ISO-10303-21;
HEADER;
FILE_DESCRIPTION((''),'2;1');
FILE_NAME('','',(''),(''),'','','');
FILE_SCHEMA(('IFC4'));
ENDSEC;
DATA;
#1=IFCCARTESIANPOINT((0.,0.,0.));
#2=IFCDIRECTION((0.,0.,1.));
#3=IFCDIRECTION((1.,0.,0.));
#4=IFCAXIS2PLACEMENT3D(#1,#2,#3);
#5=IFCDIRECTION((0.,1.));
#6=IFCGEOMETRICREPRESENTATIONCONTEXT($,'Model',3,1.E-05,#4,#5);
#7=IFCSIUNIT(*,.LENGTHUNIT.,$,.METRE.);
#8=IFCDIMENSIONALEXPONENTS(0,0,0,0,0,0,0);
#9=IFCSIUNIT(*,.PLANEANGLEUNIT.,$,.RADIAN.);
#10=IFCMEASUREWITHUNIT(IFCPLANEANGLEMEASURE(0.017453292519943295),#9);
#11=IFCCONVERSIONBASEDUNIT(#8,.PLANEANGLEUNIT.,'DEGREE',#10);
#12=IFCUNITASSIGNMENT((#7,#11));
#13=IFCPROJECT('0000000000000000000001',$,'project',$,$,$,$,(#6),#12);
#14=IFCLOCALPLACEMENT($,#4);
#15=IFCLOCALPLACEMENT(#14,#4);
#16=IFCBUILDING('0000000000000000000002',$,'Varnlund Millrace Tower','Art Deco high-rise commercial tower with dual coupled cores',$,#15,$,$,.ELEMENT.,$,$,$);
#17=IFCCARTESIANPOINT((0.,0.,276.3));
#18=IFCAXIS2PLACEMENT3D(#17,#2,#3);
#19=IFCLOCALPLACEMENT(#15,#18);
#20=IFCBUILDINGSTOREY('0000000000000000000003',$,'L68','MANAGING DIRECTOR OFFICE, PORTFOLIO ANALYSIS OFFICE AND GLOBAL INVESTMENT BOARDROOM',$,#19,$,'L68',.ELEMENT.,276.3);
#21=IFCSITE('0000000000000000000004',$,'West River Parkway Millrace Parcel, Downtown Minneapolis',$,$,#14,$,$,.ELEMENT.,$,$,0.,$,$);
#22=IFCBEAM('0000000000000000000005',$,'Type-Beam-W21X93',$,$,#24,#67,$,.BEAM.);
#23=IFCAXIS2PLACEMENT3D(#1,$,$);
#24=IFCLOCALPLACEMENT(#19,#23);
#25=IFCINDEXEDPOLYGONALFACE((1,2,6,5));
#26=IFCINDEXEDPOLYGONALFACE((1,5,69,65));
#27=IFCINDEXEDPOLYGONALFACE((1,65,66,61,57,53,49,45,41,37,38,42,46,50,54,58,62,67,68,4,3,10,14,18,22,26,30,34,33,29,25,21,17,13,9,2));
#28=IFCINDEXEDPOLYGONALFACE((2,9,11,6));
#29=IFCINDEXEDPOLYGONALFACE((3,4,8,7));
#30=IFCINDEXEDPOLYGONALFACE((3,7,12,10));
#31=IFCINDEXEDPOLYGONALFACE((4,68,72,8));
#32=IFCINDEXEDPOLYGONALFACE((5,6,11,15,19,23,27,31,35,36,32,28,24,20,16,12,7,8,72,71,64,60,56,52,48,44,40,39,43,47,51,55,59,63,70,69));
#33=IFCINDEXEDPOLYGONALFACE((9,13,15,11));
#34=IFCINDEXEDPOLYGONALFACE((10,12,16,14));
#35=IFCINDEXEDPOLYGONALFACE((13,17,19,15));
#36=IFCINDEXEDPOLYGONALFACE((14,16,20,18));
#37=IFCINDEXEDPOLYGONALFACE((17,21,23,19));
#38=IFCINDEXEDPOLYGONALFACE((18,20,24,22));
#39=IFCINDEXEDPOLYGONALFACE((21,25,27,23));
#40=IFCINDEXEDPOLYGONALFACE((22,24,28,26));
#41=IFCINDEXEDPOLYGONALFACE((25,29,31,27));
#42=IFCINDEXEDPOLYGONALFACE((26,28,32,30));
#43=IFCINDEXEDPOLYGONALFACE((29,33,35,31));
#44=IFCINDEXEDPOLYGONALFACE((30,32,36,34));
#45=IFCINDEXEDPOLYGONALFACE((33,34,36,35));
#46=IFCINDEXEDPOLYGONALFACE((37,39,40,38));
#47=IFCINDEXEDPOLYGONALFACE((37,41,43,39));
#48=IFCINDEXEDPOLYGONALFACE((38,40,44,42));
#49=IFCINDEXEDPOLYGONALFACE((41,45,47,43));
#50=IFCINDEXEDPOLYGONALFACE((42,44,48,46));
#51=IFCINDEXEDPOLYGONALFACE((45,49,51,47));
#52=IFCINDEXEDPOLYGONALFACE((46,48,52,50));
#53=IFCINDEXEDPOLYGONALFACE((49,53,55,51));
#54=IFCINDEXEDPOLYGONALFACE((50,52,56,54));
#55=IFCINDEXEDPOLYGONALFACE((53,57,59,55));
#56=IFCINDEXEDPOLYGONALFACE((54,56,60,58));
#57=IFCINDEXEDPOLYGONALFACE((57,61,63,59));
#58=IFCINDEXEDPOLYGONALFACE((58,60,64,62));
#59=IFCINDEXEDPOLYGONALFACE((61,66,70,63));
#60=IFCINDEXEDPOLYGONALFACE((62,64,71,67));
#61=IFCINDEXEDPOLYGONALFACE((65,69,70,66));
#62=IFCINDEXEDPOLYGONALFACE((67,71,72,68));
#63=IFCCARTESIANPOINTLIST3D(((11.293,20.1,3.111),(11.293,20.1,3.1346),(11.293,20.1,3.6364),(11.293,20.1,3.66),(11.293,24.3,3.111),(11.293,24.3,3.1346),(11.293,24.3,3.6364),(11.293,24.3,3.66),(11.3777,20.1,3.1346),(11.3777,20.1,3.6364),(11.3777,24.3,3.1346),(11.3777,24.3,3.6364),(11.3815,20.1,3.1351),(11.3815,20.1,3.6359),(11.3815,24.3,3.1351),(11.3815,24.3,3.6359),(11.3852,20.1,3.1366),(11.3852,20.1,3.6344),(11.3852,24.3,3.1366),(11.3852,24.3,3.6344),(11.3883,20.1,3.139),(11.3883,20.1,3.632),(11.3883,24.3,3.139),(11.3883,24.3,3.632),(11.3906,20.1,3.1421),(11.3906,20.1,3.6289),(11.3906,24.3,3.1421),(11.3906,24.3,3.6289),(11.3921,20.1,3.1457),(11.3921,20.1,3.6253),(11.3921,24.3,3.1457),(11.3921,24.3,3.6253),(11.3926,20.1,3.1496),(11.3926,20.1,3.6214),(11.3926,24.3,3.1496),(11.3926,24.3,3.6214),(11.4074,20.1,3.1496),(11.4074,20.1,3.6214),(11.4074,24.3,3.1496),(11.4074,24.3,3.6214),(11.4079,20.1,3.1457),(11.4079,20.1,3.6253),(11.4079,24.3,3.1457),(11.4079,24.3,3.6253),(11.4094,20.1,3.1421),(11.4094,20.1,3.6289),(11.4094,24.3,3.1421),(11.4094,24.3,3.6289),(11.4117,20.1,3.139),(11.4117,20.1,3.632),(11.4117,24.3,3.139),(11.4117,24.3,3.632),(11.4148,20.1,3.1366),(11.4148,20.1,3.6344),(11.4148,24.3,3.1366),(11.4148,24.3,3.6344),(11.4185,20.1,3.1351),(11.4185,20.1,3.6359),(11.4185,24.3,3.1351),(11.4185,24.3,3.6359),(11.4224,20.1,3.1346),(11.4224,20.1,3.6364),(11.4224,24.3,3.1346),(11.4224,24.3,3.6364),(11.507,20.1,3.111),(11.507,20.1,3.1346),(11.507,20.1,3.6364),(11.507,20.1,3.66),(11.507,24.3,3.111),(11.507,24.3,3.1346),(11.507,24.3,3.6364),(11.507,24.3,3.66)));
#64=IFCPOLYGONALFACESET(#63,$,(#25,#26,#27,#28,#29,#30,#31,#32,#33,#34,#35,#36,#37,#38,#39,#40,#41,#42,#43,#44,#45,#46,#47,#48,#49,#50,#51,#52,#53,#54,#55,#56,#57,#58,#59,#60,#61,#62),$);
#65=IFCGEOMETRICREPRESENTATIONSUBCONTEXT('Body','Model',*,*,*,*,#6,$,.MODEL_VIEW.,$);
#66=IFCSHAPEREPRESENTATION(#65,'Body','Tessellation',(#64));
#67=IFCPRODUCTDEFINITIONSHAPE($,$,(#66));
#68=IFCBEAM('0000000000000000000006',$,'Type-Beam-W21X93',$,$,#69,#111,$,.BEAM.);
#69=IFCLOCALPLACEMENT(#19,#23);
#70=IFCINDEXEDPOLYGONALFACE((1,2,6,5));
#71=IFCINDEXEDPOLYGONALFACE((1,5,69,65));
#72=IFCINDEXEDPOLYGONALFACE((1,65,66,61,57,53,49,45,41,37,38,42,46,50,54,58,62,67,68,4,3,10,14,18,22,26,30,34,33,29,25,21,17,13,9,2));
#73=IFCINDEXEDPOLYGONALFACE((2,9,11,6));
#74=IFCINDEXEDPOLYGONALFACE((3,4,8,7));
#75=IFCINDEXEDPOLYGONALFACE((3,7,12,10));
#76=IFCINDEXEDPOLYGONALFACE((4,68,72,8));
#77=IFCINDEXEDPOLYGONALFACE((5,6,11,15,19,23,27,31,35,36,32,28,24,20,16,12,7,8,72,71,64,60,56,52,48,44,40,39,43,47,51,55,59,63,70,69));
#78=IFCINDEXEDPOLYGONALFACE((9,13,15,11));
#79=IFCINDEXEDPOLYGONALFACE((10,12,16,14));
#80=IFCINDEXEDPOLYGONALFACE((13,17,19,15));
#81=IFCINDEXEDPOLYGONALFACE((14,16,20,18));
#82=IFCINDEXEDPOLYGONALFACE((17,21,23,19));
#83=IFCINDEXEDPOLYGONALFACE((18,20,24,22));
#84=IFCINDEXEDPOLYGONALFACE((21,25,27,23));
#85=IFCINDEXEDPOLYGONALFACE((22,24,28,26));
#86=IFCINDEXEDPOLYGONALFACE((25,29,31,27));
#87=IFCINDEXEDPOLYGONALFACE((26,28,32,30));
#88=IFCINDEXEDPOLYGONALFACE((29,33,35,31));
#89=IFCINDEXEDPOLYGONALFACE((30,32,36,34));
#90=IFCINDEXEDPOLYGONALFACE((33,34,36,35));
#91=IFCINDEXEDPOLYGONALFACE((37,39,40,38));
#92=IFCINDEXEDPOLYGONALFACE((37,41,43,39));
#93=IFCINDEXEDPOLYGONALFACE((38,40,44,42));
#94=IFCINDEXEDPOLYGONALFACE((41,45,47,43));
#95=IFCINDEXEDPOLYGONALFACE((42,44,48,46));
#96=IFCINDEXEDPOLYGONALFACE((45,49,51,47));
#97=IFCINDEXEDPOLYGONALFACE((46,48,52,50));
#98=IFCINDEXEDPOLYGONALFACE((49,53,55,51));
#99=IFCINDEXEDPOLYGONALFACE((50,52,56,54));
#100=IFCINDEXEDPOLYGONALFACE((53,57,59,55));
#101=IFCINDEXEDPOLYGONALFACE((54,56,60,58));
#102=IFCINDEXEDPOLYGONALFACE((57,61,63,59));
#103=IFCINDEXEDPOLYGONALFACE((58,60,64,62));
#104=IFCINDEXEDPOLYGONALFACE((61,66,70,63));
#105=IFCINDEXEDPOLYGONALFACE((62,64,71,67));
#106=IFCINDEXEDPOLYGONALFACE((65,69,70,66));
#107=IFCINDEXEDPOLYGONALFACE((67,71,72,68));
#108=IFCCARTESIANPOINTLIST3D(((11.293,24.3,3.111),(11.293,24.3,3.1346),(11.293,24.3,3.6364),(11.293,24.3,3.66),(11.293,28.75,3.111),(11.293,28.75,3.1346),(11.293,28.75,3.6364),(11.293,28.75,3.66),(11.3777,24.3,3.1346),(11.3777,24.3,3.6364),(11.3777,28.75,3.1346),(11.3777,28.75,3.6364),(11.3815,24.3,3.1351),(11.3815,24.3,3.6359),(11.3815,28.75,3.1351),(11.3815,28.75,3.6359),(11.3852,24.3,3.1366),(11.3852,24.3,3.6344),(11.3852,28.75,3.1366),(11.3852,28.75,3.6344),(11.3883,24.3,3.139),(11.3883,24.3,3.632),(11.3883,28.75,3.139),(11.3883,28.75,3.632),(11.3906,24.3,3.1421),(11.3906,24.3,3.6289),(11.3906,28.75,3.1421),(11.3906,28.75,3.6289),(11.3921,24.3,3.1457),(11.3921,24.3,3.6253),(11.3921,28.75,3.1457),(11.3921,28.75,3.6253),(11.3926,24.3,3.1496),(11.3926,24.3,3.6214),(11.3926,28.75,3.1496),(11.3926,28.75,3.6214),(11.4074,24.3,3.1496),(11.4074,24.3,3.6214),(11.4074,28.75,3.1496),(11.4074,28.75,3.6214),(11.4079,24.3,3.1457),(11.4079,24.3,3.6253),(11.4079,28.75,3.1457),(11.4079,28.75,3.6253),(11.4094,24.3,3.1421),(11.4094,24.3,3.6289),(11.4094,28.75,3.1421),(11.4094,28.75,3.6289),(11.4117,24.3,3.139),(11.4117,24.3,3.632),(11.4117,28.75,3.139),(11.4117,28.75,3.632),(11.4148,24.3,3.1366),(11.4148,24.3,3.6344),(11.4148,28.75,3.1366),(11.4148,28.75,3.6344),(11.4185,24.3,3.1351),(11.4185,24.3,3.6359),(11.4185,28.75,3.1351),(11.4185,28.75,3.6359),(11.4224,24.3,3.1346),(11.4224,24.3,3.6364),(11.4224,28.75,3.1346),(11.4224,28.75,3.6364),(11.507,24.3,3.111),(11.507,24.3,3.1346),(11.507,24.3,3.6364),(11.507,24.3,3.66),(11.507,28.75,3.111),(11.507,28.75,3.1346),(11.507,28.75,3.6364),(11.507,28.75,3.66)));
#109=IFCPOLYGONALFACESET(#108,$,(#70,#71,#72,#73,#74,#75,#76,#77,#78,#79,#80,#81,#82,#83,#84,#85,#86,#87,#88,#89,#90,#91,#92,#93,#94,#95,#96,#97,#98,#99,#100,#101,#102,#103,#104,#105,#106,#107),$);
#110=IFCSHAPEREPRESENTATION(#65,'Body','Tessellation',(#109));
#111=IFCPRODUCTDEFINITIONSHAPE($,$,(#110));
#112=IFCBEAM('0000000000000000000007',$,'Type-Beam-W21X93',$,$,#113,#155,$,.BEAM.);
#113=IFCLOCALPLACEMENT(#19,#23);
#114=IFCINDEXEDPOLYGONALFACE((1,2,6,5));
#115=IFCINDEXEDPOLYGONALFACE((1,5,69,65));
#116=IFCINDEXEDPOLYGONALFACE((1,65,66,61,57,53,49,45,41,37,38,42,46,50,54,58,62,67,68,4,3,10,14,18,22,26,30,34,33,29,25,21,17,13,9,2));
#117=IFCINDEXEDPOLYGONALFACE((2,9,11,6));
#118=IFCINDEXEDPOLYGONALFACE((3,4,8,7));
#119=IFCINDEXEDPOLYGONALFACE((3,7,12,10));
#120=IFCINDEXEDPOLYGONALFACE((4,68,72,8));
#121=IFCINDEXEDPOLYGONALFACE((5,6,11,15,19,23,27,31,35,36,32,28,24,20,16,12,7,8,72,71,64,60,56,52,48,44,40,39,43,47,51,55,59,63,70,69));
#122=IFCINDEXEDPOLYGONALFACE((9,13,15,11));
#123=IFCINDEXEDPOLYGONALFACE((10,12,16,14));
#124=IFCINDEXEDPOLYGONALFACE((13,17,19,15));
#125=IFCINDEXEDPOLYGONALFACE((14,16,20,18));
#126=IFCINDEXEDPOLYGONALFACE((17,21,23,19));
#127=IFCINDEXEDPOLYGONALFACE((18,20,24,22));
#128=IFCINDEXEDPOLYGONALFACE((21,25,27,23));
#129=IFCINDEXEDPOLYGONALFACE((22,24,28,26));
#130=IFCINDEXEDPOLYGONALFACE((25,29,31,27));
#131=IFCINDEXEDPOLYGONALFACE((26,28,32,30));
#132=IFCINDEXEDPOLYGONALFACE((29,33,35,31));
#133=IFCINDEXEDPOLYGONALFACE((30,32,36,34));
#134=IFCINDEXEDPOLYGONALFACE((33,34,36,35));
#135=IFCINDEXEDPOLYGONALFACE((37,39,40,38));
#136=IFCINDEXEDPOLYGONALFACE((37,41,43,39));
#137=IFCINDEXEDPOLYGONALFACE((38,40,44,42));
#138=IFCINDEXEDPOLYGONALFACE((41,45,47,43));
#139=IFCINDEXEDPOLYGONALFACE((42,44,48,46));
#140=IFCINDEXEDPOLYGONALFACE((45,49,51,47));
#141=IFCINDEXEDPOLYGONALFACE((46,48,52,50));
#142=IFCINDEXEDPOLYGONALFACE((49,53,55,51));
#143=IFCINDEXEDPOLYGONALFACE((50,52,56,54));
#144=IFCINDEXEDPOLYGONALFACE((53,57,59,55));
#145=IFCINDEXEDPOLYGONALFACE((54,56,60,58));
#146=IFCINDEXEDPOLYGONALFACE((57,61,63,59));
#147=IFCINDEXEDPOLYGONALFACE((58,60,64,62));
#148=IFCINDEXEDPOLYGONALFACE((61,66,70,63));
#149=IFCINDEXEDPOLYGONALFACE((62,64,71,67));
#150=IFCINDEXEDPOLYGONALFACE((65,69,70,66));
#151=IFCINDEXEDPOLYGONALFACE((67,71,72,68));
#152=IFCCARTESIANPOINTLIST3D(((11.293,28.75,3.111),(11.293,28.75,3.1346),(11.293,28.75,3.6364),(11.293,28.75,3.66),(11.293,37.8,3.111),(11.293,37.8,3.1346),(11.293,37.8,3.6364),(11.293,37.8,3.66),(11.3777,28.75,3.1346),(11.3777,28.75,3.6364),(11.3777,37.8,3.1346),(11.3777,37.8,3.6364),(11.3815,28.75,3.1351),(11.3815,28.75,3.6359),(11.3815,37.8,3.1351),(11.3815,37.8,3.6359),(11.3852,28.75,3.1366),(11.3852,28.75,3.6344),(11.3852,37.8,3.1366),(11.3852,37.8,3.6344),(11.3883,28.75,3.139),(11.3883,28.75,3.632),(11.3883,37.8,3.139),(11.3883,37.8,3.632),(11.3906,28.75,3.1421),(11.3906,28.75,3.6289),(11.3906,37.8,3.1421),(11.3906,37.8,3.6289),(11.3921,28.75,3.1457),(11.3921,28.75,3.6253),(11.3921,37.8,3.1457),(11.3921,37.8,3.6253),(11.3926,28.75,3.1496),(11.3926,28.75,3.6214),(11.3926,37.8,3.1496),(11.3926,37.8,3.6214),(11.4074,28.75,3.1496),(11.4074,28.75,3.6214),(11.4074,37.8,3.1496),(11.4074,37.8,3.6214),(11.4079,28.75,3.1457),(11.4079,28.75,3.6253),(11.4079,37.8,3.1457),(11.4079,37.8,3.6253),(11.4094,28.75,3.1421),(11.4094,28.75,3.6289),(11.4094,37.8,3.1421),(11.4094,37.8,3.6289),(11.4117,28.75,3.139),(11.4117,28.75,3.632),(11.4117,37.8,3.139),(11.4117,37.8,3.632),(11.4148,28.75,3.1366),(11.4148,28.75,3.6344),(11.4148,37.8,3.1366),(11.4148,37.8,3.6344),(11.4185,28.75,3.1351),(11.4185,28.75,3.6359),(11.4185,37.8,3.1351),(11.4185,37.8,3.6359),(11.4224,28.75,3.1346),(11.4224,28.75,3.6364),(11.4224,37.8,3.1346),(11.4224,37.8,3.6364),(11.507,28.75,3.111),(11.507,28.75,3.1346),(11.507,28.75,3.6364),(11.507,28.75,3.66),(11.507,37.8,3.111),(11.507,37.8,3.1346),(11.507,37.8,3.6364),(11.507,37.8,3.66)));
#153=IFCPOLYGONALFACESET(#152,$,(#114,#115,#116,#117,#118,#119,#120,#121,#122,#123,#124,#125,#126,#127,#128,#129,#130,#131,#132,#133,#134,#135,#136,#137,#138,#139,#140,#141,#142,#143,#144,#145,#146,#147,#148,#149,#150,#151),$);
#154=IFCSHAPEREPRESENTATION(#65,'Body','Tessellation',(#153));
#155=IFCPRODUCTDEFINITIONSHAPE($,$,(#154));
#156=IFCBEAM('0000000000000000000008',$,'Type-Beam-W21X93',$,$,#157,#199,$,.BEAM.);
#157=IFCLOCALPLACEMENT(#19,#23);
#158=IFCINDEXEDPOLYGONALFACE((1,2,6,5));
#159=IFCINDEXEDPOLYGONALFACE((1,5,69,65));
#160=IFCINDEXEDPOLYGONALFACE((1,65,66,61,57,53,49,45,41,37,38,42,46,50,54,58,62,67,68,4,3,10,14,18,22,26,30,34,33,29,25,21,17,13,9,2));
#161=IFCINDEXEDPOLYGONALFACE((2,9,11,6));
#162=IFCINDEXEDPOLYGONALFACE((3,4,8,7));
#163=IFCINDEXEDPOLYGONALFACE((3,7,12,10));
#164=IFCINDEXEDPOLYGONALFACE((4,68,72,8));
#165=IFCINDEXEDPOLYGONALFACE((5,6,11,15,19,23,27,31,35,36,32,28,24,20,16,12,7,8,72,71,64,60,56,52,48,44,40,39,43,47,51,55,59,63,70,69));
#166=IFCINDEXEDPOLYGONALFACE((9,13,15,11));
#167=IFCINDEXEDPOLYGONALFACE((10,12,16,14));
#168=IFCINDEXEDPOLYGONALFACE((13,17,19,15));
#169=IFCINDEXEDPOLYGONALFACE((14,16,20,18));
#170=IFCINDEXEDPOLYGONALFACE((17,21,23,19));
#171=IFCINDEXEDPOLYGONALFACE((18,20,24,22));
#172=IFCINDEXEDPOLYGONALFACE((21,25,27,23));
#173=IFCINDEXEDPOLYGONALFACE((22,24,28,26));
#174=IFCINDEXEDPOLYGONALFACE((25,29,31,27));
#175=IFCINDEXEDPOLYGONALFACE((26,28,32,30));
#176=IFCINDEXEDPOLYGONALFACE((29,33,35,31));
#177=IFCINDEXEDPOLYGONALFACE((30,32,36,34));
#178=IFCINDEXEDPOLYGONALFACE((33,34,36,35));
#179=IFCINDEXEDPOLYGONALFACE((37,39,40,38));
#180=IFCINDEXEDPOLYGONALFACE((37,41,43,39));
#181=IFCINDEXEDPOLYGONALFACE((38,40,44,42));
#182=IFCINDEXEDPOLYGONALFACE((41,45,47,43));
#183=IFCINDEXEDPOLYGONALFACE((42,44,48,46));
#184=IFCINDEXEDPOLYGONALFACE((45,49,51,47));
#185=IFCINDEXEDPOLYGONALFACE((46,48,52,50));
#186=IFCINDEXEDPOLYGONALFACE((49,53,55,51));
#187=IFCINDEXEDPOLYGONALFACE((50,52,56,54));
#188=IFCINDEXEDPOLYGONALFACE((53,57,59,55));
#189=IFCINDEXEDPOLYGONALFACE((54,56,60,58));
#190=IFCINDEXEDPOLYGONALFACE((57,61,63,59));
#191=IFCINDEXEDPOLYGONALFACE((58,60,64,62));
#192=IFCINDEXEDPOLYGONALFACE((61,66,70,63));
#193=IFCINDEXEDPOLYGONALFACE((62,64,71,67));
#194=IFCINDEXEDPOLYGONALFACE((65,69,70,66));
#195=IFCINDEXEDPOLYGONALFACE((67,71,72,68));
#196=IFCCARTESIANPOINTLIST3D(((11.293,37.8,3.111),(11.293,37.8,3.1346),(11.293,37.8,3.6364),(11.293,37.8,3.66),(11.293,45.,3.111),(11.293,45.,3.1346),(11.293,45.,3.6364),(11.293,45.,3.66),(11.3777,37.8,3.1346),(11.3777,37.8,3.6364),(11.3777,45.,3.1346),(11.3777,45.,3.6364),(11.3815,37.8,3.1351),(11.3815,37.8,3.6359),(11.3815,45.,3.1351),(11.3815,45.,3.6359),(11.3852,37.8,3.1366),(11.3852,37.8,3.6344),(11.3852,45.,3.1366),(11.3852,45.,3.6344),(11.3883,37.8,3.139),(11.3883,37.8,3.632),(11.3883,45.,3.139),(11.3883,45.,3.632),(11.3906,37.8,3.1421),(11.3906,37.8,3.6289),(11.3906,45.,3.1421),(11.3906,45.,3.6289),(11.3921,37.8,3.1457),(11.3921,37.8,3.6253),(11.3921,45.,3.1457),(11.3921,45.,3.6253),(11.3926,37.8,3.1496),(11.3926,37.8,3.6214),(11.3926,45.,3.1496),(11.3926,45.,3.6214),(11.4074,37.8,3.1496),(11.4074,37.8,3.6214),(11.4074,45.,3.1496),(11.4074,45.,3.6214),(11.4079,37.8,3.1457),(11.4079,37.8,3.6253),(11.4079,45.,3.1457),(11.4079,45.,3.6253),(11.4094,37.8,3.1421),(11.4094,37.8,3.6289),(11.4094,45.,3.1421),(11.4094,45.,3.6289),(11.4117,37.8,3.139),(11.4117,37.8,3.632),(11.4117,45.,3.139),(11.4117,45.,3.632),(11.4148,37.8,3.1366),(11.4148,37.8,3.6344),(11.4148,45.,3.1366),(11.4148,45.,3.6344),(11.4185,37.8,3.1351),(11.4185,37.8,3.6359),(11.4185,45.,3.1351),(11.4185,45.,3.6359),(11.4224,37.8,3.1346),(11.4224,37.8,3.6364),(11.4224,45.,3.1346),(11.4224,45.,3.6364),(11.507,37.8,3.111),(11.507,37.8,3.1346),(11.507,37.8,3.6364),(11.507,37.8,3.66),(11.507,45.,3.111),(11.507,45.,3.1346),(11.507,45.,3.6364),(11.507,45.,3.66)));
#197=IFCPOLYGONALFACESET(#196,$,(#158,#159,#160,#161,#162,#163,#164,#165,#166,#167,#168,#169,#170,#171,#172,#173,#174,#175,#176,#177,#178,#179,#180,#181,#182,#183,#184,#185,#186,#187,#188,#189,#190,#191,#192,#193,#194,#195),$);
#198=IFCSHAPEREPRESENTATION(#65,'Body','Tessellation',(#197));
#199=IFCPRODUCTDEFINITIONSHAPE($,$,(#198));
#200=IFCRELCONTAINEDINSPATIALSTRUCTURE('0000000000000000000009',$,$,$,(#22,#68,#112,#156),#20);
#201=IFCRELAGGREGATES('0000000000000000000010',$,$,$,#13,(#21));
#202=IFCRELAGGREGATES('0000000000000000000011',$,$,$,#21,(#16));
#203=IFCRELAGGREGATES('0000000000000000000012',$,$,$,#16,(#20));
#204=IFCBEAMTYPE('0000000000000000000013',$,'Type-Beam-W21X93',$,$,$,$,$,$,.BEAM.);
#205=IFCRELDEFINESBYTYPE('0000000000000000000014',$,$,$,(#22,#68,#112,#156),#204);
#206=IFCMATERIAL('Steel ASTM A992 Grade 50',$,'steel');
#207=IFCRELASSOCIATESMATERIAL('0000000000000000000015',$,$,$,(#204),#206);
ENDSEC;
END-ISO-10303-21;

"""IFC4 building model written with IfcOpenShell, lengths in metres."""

from ifc_helpers import new_model, entity, si_unit, converted_unit, direction, frame, origin_with_axes, origin_2d_with_axis, place, context, subcontext, project, spatial, i_section, extrude, material, material_profile, profile_set, type_object, element, save


model = new_model("IFC4")

# Units and contexts
model_context = context("Model", 3, precision=1e-05, world=origin_with_axes(), true_north=direction((0.0, 1.0)))
body_context = subcontext(model_context, "Body", "Model", "MODEL_VIEW")
ifc_project = project(units=[si_unit("LENGTHUNIT", "METRE"), converted_unit("PLANEANGLEUNIT", "DEGREE", entity("IfcPlaneAngleMeasure", 0.017453292519943295), si_unit("PLANEANGLEUNIT", "RADIAN"), dimensions=[0, 0, 0, 0, 0, 0, 0])], contexts=[model_context])

# Site, building, storey
site_placement = place(None, origin_with_axes())
site = spatial("IfcSite", under=ifc_project, at=site_placement, Name="West River Parkway Millrace Parcel, Downtown Minneapolis", CompositionType="ELEMENT", RefElevation=0.0)
building_placement = place(site_placement, origin_with_axes())
building = spatial("IfcBuilding", under=site, at=building_placement, Name="Varnlund Millrace Tower", Description="Art Deco high-rise commercial tower with dual coupled cores", CompositionType="ELEMENT")
storey_placement = place(building_placement, frame((0.0, 0.0, 276.3), z_axis=(0.0, 0.0, 1.0), x_axis=(1.0, 0.0, 0.0)))
storey = spatial("IfcBuildingStorey", under=building, at=storey_placement, Name="L68", Description="MANAGING DIRECTOR OFFICE, PORTFOLIO ANALYSIS OFFICE AND GLOBAL INVESTMENT BOARDROOM", LongName="L68", CompositionType="ELEMENT", Elevation=276.3)

# Beams
ifc_material_1 = material(Name="Steel ASTM A992 Grade 50", Category="steel")
ifc_material_profile_1 = material_profile(ifc_material_1, i_section(OverallWidth=0.214, OverallDepth=0.549, WebThickness=0.0147, FlangeThickness=0.0236, FilletRadius=0.015, at=origin_2d_with_axis()), Name="Steel ASTM A992 Grade 50")
ifc_profile_set_1 = profile_set([ifc_material_profile_1], Name="Steel ASTM A992 Grade 50")
beam_type_1 = type_object("IfcBeamType", Name="Type-Beam-W21X93", PredefinedType="BEAM", material=ifc_profile_set_1)
beam_1_placement = place(storey_placement, frame((11.4, 20.1, 3.3855), z_axis=(0.0, 1.0, 0.0), x_axis=(-1.0, 0.0, 0.0)))
element("IfcBeam", 1, at=beam_1_placement, inside=storey, type_object=beam_type_1, Name="Type-Beam-W21X93", PredefinedType="BEAM", context=body_context, shape_type="SweptSolid", body=[
    extrude(i_section(OverallWidth=0.214, OverallDepth=0.549, WebThickness=0.0147, FlangeThickness=0.0236, FilletRadius=0.015, at=origin_2d_with_axis()), origin_with_axes(), (0.0, 0.0, 1.0), 4.2),
])
beam_2_placement = place(storey_placement, frame((11.4, 24.3, 3.3855), z_axis=(0.0, 1.0, 0.0), x_axis=(-1.0, 0.0, 0.0)))
element("IfcBeam", 2, at=beam_2_placement, inside=storey, type_object=beam_type_1, Name="Type-Beam-W21X93", PredefinedType="BEAM", context=body_context, shape_type="SweptSolid", body=[
    extrude(i_section(OverallWidth=0.214, OverallDepth=0.549, WebThickness=0.0147, FlangeThickness=0.0236, FilletRadius=0.015, at=origin_2d_with_axis()), origin_with_axes(), (0.0, 0.0, 1.0), 4.45),
])
beam_3_placement = place(storey_placement, frame((11.4, 28.75, 3.3855), z_axis=(0.0, 1.0, 0.0), x_axis=(-1.0, 0.0, 0.0)))
element("IfcBeam", 3, at=beam_3_placement, inside=storey, type_object=beam_type_1, Name="Type-Beam-W21X93", PredefinedType="BEAM", context=body_context, shape_type="SweptSolid", body=[
    extrude(i_section(OverallWidth=0.214, OverallDepth=0.549, WebThickness=0.0147, FlangeThickness=0.0236, FilletRadius=0.015, at=origin_2d_with_axis()), origin_with_axes(), (0.0, 0.0, 1.0), 9.05),
])
beam_4_placement = place(storey_placement, frame((11.4, 37.8, 3.3855), z_axis=(0.0, 1.0, 0.0), x_axis=(-1.0, 0.0, 0.0)))
element("IfcBeam", 4, at=beam_4_placement, inside=storey, type_object=beam_type_1, Name="Type-Beam-W21X93", PredefinedType="BEAM", context=body_context, shape_type="SweptSolid", body=[
    extrude(i_section(OverallWidth=0.214, OverallDepth=0.549, WebThickness=0.0147, FlangeThickness=0.0236, FilletRadius=0.015, at=origin_2d_with_axis()), origin_with_axes(), (0.0, 0.0, 1.0), 7.2),
])

save(model, "model.ifc")
